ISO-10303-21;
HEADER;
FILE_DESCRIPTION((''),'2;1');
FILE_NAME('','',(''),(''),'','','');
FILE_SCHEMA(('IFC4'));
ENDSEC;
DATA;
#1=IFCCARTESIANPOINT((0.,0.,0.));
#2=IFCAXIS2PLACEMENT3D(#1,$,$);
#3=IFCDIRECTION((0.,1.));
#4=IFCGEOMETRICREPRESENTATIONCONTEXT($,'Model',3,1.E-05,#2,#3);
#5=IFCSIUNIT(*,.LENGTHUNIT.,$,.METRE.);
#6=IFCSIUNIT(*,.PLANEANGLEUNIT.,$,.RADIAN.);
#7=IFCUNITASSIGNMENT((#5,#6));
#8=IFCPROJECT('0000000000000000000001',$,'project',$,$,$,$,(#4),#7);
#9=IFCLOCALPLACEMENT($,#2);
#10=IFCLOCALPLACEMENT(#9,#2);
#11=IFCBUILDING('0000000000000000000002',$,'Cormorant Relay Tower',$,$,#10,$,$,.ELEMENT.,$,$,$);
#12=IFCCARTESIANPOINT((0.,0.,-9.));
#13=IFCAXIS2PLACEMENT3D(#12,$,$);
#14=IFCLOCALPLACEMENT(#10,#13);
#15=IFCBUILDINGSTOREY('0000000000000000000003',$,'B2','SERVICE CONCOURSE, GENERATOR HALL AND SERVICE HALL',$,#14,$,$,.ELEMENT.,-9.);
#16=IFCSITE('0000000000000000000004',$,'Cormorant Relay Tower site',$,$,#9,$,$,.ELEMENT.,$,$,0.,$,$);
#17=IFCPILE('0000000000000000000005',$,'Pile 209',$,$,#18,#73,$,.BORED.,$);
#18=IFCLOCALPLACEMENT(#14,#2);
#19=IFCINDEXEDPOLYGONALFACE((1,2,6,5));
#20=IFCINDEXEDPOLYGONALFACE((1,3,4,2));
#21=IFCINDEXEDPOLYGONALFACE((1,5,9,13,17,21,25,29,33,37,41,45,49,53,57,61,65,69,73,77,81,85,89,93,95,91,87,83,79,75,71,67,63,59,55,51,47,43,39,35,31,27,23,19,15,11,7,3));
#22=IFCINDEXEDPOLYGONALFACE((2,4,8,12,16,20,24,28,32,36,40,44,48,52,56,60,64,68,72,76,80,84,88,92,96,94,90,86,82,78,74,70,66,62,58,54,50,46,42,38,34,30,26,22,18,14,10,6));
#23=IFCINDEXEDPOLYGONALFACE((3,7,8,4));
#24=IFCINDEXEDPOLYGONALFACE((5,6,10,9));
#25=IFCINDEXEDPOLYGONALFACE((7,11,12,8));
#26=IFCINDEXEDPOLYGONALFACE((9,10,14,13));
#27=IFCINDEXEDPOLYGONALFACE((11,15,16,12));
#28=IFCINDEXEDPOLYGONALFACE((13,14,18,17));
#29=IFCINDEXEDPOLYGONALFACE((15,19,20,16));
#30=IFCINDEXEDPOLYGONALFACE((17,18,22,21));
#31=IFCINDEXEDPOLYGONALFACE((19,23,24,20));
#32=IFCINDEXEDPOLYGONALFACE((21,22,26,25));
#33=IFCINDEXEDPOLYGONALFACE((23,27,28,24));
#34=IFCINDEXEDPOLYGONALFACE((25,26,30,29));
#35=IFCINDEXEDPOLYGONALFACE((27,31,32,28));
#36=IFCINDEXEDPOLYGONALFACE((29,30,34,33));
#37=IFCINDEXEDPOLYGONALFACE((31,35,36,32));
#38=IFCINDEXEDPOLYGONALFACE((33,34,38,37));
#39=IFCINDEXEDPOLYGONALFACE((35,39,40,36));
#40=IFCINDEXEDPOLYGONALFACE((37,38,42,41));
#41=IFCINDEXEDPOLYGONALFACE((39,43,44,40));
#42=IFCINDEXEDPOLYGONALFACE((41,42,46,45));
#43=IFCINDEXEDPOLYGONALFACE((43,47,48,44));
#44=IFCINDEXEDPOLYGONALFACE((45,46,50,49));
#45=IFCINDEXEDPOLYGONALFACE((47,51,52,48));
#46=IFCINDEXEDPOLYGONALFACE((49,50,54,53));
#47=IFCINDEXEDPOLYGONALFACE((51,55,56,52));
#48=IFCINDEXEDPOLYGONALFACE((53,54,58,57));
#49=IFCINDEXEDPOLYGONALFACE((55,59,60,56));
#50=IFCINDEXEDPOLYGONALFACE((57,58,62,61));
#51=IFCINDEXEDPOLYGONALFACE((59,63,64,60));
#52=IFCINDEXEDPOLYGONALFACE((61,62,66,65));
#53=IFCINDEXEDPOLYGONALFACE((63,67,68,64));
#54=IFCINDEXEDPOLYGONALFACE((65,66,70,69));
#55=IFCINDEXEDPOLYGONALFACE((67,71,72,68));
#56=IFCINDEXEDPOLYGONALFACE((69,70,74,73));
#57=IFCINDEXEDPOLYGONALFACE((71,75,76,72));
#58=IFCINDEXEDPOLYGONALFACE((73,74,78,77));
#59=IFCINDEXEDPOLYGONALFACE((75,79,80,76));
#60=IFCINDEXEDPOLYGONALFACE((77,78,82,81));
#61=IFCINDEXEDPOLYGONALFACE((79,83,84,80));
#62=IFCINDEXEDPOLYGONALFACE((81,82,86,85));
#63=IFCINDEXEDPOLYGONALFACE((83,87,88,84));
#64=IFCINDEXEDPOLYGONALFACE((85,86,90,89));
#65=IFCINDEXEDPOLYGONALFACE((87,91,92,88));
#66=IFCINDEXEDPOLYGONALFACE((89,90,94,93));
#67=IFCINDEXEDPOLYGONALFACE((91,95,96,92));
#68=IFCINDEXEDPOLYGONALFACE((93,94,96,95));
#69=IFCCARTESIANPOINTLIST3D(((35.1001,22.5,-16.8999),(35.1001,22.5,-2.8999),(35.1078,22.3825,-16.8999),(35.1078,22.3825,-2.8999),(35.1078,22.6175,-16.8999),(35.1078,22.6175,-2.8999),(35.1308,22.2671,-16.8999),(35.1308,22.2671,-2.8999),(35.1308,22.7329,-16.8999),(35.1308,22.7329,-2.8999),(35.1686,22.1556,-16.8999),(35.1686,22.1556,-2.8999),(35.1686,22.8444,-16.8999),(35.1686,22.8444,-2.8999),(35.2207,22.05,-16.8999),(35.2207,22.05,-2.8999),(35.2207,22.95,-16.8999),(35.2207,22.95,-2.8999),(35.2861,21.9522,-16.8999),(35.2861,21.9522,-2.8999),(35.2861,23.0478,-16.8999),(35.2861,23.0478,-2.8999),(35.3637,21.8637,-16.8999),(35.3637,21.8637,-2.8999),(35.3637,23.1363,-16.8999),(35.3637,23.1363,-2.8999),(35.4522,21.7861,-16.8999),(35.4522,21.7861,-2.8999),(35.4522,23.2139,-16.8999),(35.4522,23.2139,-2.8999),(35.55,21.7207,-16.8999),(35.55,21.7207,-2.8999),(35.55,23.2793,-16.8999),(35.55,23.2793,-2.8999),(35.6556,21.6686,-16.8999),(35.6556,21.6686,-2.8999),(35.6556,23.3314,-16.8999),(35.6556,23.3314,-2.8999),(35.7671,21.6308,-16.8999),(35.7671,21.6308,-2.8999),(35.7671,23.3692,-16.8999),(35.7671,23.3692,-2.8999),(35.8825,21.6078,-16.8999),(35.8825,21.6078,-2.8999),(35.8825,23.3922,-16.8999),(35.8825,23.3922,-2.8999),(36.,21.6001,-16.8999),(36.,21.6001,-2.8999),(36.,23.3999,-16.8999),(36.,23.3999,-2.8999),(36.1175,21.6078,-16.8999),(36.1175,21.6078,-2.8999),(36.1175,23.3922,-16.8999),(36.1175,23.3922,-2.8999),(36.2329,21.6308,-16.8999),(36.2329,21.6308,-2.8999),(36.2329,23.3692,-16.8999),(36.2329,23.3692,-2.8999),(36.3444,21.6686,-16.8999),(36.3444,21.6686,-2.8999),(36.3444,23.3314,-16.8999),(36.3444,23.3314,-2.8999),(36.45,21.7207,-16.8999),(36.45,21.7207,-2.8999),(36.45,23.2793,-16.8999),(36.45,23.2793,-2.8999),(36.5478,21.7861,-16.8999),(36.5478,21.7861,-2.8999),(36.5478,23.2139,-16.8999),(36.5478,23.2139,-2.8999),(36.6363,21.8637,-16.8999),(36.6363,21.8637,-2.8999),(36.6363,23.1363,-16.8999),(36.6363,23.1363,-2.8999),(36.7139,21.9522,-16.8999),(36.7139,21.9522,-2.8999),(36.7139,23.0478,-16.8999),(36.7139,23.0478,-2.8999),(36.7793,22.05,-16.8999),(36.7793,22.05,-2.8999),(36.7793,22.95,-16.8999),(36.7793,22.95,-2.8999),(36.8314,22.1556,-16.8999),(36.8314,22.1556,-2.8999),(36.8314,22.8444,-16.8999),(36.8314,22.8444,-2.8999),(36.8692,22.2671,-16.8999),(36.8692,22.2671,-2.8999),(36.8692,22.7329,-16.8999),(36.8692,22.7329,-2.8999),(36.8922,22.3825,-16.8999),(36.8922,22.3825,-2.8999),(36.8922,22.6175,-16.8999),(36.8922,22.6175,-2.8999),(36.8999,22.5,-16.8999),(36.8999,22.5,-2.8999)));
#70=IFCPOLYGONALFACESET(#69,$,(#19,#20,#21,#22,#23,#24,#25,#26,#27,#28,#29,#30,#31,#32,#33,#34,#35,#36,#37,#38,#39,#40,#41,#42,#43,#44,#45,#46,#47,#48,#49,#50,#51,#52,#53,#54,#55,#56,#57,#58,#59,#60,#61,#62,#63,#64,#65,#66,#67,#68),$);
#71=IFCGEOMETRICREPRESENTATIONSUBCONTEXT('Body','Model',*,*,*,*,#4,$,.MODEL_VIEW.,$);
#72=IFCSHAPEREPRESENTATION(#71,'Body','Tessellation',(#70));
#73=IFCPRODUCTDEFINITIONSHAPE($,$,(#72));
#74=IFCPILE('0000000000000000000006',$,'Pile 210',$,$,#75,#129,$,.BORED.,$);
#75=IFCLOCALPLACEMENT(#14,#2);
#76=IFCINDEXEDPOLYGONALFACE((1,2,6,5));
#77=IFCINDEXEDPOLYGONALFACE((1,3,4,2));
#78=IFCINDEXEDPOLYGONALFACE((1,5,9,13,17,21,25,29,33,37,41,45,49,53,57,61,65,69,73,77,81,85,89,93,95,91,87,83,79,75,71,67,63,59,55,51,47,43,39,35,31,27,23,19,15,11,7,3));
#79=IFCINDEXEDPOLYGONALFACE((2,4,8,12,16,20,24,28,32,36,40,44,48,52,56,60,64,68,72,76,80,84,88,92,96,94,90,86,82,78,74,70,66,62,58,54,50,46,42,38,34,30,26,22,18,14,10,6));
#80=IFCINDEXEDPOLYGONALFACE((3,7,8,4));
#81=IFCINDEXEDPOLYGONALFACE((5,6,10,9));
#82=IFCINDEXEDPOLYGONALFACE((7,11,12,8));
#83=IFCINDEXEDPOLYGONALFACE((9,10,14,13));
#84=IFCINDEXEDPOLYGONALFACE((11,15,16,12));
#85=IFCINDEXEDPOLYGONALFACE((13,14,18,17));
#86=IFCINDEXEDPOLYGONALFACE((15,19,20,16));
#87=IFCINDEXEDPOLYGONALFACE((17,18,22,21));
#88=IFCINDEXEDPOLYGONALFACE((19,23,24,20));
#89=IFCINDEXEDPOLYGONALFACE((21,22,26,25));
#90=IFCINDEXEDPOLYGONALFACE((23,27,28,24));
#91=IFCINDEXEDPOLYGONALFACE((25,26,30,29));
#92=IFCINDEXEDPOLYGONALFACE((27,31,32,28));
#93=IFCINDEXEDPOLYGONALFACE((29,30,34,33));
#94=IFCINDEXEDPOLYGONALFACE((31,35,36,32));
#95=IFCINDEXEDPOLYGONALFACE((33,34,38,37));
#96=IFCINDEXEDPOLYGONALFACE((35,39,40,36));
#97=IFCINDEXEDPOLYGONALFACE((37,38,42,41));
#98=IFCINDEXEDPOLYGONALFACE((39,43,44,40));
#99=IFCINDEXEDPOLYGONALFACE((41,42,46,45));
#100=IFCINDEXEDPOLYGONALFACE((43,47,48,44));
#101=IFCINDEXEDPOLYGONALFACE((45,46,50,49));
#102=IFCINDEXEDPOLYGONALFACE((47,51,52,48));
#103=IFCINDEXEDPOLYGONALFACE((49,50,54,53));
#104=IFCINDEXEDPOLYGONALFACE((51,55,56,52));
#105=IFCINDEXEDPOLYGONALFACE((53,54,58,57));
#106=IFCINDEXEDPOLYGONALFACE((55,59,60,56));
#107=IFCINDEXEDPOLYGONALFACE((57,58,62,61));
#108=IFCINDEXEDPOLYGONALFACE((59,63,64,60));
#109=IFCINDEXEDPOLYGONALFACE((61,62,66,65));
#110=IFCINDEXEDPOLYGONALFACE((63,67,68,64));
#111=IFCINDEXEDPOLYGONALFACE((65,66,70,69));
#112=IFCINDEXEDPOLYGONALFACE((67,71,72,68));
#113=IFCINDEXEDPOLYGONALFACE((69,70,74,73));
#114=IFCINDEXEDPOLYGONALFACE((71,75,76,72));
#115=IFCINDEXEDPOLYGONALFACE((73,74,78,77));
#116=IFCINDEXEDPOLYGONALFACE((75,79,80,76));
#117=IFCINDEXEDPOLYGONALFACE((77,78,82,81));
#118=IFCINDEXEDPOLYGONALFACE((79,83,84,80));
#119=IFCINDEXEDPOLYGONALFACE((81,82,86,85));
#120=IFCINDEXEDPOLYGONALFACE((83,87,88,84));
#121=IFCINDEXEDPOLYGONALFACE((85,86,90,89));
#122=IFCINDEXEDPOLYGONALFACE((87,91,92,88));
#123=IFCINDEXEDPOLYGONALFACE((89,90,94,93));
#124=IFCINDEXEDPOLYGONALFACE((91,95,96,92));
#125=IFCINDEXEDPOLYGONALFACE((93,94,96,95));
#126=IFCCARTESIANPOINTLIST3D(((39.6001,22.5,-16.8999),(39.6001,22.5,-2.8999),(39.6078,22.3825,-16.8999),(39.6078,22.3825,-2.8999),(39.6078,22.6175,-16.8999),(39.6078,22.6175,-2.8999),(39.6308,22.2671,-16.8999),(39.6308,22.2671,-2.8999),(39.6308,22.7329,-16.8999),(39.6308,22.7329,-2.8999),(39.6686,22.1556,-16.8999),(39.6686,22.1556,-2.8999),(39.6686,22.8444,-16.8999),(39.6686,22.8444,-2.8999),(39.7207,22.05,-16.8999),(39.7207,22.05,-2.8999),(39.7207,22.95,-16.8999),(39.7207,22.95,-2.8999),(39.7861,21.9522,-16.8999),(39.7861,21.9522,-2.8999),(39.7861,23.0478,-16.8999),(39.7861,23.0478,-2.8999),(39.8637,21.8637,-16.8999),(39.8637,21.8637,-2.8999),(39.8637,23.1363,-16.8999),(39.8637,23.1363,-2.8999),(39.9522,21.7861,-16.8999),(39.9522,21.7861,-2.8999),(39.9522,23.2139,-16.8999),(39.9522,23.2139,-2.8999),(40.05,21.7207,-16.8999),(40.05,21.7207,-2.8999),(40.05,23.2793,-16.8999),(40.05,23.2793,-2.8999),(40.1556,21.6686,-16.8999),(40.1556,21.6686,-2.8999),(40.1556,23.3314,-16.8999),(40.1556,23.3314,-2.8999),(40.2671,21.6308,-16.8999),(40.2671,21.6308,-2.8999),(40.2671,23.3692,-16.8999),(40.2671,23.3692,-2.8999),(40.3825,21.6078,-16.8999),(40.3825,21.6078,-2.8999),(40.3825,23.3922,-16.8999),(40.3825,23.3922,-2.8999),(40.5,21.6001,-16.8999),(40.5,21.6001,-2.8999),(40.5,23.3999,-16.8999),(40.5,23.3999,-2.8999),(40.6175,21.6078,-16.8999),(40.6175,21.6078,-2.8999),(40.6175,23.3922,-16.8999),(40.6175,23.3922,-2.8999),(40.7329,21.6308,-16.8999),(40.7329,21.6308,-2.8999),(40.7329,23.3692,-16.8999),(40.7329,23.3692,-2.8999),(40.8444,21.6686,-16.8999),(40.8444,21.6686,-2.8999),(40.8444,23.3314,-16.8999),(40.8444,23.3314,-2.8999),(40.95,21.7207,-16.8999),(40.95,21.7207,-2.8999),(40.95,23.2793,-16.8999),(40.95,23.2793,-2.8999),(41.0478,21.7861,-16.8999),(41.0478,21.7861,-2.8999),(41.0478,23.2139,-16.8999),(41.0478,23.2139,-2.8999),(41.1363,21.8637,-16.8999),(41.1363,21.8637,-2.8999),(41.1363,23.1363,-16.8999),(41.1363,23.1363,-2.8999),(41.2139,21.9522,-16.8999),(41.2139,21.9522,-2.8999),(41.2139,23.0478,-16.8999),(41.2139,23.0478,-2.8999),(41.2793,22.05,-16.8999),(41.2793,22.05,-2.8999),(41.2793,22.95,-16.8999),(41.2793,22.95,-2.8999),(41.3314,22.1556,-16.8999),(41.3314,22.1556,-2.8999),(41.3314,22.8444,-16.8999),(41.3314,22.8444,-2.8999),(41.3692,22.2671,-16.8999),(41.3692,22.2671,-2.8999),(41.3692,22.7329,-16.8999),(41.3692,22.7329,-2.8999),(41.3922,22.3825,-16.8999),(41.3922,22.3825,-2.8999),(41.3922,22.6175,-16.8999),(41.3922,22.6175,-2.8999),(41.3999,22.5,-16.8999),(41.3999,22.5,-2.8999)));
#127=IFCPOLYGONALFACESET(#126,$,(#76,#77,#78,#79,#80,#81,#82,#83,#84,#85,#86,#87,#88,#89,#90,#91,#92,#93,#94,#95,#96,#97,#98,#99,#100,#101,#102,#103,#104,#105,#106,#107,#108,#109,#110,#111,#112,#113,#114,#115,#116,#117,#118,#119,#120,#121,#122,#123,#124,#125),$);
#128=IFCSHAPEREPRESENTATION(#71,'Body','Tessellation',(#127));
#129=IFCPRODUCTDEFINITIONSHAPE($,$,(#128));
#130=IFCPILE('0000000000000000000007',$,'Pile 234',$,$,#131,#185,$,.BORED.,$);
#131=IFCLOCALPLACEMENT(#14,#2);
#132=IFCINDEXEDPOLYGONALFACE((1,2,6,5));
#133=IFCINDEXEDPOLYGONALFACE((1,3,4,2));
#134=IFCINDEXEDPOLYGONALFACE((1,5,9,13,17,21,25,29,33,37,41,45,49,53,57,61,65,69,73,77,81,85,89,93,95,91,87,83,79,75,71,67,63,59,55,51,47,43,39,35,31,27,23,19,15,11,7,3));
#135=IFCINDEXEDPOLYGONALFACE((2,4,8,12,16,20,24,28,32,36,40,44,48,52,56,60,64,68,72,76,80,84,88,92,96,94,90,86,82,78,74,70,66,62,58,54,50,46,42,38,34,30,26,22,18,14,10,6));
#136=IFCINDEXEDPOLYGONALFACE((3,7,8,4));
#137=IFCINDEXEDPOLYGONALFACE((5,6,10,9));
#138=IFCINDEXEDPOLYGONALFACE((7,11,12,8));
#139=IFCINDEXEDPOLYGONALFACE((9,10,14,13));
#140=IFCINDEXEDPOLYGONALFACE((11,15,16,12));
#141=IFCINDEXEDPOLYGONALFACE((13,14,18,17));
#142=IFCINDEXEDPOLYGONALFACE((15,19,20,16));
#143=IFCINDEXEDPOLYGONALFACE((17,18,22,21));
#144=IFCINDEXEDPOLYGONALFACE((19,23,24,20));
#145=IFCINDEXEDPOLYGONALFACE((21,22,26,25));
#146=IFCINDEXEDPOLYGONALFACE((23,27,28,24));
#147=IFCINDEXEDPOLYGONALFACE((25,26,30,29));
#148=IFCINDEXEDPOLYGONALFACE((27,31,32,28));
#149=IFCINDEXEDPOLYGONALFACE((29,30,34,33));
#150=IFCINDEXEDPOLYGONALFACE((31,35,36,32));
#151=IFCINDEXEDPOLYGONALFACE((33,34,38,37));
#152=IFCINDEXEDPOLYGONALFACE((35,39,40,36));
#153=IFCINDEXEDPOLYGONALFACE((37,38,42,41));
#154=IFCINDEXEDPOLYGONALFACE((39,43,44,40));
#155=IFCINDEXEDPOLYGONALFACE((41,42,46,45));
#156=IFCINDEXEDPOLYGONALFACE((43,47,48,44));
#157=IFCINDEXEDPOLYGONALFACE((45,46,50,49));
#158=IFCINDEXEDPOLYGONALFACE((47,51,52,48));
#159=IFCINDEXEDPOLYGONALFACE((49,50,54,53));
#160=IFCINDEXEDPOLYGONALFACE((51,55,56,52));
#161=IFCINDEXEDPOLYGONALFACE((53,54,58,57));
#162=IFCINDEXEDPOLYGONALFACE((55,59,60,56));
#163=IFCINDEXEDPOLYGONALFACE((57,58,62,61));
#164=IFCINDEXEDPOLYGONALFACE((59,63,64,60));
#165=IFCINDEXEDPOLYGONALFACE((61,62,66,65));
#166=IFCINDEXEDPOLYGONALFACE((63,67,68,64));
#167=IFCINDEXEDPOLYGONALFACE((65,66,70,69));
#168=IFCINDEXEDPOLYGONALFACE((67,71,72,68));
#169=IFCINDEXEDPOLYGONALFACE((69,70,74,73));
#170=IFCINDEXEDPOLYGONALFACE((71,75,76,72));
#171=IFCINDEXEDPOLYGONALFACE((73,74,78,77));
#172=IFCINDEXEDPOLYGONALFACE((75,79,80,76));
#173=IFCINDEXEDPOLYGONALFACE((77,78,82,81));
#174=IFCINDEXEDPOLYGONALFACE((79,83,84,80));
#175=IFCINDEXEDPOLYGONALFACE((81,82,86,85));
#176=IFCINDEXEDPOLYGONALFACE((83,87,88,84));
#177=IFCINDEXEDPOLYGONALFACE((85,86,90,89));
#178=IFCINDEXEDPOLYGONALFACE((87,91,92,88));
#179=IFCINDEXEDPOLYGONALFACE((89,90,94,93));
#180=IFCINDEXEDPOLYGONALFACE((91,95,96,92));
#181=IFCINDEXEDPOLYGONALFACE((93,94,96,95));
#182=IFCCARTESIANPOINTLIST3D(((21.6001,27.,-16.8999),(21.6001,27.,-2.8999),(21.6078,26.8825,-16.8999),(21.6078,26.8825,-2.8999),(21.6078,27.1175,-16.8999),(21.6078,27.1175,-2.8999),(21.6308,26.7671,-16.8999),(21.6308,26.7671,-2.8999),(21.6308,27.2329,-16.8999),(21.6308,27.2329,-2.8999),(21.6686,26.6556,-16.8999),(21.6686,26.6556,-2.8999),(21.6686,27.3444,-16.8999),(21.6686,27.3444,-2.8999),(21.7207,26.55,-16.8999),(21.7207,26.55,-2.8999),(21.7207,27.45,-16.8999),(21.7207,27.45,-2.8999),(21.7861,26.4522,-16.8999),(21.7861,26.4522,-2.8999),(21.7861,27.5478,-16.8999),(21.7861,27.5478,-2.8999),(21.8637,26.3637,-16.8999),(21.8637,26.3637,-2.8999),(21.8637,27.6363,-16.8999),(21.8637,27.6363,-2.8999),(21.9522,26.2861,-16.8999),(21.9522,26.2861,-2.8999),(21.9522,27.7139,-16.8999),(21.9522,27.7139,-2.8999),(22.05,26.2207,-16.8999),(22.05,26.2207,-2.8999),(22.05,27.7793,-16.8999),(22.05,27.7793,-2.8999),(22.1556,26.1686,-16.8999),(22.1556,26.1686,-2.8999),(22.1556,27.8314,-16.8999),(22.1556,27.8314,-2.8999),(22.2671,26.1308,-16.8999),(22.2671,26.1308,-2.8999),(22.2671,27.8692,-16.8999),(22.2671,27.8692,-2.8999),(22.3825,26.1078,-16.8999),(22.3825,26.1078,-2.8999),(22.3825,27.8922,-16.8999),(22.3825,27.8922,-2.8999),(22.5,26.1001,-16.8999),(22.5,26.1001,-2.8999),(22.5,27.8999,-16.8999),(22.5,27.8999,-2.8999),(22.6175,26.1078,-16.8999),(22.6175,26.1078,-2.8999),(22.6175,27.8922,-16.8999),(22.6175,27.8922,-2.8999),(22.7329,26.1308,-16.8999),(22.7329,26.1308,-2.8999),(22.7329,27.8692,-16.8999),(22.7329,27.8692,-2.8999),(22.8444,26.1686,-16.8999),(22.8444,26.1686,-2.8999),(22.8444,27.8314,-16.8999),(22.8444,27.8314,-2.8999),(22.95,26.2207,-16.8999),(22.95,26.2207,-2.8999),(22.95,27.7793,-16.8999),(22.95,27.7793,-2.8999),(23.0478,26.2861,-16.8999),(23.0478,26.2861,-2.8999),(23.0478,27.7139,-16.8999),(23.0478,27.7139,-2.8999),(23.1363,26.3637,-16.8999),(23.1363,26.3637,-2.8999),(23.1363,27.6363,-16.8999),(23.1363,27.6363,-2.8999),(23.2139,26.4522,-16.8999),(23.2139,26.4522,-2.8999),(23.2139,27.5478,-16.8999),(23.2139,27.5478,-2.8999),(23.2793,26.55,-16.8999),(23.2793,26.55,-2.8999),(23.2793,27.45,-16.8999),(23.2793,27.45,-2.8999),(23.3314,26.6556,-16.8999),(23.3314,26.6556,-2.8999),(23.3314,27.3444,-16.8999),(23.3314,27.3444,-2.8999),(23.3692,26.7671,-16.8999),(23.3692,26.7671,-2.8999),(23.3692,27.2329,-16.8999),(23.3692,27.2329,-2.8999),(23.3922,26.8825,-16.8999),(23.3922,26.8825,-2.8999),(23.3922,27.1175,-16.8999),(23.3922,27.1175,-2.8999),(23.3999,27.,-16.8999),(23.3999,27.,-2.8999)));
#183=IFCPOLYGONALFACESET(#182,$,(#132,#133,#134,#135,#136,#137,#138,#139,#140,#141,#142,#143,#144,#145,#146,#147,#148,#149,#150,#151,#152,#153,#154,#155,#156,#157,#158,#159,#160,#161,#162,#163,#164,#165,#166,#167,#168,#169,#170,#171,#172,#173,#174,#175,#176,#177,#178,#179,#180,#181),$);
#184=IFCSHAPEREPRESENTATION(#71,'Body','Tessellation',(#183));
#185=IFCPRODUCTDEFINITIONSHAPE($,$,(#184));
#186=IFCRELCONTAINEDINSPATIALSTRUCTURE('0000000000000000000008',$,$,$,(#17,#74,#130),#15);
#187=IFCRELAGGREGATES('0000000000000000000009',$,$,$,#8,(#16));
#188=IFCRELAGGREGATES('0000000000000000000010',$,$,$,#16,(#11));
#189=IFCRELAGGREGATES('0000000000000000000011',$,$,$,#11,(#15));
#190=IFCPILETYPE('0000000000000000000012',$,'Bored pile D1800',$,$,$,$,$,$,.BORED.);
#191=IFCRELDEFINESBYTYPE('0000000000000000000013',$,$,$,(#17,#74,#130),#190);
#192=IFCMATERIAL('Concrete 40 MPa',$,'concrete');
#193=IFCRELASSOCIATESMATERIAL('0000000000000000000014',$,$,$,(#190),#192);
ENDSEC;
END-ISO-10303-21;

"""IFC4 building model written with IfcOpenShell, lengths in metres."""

from ifc_helpers import new_model, si_unit, direction, frame, origin, origin_2d, place, context, subcontext, project, spatial, circle, extrude, material, material_profile, profile_set, type_object, element, save


model = new_model("IFC4")

# Units and contexts
model_context = context("Model", 3, precision=1e-05, world=origin(), true_north=direction((0.0, 1.0)))
body_context = subcontext(model_context, "Body", "Model", "MODEL_VIEW")
ifc_project = project(units=[si_unit("LENGTHUNIT", "METRE"), si_unit("PLANEANGLEUNIT", "RADIAN")], contexts=[model_context])

# Site, building, storey
site_placement = place(None, origin())
site = spatial("IfcSite", under=ifc_project, at=site_placement, Name="Cormorant Relay Tower site", CompositionType="ELEMENT", RefElevation=0.0)
building_placement = place(site_placement, origin())
building = spatial("IfcBuilding", under=site, at=building_placement, Name="Cormorant Relay Tower", CompositionType="ELEMENT")
storey_placement = place(building_placement, frame((0.0, 0.0, -9.0)))
storey = spatial("IfcBuildingStorey", under=building, at=storey_placement, Name="B2", Description="SERVICE CONCOURSE, GENERATOR HALL AND SERVICE HALL", CompositionType="ELEMENT", Elevation=-9.0)

# Piles
ifc_material_1 = material(Name="Concrete 40 MPa", Category="concrete")
ifc_material_profile_1 = material_profile(ifc_material_1, circle(Radius=0.8999, at=origin_2d()), Name="BP1800")
ifc_profile_set_1 = profile_set([ifc_material_profile_1], Name="Concrete 40 MPa")
pile_type = type_object("IfcPileType", Name="Bored pile D1800", PredefinedType="BORED", material=ifc_profile_set_1)
for number, where, z_axis, x_axis, name in (
    (1, (36.0, 22.5, -2.8999), (0.0, 0.0, -1.0), (1.0, 0.0, 0.0), "Pile 209"),
    (2, (40.5, 22.5, -2.8999), (0.0, 0.0, -1.0), (1.0, 0.0, 0.0), "Pile 210"),
    (3, (22.5, 27.0, -2.8999), (0.0, 0.0, -1.0), (1.0, 0.0, 0.0), "Pile 234"),
):
    element("IfcPile", number, at=place(storey_placement, frame(where, z_axis=z_axis, x_axis=x_axis)), inside=storey, type_object=pile_type, Name=name, PredefinedType="BORED", context=body_context, shape_type="SweptSolid", body=[
        extrude(circle(Radius=0.8999, at=origin_2d()), origin(), (0.0, 0.0, 1.0), 14.0),
    ])

save(model, "model.ifc")
